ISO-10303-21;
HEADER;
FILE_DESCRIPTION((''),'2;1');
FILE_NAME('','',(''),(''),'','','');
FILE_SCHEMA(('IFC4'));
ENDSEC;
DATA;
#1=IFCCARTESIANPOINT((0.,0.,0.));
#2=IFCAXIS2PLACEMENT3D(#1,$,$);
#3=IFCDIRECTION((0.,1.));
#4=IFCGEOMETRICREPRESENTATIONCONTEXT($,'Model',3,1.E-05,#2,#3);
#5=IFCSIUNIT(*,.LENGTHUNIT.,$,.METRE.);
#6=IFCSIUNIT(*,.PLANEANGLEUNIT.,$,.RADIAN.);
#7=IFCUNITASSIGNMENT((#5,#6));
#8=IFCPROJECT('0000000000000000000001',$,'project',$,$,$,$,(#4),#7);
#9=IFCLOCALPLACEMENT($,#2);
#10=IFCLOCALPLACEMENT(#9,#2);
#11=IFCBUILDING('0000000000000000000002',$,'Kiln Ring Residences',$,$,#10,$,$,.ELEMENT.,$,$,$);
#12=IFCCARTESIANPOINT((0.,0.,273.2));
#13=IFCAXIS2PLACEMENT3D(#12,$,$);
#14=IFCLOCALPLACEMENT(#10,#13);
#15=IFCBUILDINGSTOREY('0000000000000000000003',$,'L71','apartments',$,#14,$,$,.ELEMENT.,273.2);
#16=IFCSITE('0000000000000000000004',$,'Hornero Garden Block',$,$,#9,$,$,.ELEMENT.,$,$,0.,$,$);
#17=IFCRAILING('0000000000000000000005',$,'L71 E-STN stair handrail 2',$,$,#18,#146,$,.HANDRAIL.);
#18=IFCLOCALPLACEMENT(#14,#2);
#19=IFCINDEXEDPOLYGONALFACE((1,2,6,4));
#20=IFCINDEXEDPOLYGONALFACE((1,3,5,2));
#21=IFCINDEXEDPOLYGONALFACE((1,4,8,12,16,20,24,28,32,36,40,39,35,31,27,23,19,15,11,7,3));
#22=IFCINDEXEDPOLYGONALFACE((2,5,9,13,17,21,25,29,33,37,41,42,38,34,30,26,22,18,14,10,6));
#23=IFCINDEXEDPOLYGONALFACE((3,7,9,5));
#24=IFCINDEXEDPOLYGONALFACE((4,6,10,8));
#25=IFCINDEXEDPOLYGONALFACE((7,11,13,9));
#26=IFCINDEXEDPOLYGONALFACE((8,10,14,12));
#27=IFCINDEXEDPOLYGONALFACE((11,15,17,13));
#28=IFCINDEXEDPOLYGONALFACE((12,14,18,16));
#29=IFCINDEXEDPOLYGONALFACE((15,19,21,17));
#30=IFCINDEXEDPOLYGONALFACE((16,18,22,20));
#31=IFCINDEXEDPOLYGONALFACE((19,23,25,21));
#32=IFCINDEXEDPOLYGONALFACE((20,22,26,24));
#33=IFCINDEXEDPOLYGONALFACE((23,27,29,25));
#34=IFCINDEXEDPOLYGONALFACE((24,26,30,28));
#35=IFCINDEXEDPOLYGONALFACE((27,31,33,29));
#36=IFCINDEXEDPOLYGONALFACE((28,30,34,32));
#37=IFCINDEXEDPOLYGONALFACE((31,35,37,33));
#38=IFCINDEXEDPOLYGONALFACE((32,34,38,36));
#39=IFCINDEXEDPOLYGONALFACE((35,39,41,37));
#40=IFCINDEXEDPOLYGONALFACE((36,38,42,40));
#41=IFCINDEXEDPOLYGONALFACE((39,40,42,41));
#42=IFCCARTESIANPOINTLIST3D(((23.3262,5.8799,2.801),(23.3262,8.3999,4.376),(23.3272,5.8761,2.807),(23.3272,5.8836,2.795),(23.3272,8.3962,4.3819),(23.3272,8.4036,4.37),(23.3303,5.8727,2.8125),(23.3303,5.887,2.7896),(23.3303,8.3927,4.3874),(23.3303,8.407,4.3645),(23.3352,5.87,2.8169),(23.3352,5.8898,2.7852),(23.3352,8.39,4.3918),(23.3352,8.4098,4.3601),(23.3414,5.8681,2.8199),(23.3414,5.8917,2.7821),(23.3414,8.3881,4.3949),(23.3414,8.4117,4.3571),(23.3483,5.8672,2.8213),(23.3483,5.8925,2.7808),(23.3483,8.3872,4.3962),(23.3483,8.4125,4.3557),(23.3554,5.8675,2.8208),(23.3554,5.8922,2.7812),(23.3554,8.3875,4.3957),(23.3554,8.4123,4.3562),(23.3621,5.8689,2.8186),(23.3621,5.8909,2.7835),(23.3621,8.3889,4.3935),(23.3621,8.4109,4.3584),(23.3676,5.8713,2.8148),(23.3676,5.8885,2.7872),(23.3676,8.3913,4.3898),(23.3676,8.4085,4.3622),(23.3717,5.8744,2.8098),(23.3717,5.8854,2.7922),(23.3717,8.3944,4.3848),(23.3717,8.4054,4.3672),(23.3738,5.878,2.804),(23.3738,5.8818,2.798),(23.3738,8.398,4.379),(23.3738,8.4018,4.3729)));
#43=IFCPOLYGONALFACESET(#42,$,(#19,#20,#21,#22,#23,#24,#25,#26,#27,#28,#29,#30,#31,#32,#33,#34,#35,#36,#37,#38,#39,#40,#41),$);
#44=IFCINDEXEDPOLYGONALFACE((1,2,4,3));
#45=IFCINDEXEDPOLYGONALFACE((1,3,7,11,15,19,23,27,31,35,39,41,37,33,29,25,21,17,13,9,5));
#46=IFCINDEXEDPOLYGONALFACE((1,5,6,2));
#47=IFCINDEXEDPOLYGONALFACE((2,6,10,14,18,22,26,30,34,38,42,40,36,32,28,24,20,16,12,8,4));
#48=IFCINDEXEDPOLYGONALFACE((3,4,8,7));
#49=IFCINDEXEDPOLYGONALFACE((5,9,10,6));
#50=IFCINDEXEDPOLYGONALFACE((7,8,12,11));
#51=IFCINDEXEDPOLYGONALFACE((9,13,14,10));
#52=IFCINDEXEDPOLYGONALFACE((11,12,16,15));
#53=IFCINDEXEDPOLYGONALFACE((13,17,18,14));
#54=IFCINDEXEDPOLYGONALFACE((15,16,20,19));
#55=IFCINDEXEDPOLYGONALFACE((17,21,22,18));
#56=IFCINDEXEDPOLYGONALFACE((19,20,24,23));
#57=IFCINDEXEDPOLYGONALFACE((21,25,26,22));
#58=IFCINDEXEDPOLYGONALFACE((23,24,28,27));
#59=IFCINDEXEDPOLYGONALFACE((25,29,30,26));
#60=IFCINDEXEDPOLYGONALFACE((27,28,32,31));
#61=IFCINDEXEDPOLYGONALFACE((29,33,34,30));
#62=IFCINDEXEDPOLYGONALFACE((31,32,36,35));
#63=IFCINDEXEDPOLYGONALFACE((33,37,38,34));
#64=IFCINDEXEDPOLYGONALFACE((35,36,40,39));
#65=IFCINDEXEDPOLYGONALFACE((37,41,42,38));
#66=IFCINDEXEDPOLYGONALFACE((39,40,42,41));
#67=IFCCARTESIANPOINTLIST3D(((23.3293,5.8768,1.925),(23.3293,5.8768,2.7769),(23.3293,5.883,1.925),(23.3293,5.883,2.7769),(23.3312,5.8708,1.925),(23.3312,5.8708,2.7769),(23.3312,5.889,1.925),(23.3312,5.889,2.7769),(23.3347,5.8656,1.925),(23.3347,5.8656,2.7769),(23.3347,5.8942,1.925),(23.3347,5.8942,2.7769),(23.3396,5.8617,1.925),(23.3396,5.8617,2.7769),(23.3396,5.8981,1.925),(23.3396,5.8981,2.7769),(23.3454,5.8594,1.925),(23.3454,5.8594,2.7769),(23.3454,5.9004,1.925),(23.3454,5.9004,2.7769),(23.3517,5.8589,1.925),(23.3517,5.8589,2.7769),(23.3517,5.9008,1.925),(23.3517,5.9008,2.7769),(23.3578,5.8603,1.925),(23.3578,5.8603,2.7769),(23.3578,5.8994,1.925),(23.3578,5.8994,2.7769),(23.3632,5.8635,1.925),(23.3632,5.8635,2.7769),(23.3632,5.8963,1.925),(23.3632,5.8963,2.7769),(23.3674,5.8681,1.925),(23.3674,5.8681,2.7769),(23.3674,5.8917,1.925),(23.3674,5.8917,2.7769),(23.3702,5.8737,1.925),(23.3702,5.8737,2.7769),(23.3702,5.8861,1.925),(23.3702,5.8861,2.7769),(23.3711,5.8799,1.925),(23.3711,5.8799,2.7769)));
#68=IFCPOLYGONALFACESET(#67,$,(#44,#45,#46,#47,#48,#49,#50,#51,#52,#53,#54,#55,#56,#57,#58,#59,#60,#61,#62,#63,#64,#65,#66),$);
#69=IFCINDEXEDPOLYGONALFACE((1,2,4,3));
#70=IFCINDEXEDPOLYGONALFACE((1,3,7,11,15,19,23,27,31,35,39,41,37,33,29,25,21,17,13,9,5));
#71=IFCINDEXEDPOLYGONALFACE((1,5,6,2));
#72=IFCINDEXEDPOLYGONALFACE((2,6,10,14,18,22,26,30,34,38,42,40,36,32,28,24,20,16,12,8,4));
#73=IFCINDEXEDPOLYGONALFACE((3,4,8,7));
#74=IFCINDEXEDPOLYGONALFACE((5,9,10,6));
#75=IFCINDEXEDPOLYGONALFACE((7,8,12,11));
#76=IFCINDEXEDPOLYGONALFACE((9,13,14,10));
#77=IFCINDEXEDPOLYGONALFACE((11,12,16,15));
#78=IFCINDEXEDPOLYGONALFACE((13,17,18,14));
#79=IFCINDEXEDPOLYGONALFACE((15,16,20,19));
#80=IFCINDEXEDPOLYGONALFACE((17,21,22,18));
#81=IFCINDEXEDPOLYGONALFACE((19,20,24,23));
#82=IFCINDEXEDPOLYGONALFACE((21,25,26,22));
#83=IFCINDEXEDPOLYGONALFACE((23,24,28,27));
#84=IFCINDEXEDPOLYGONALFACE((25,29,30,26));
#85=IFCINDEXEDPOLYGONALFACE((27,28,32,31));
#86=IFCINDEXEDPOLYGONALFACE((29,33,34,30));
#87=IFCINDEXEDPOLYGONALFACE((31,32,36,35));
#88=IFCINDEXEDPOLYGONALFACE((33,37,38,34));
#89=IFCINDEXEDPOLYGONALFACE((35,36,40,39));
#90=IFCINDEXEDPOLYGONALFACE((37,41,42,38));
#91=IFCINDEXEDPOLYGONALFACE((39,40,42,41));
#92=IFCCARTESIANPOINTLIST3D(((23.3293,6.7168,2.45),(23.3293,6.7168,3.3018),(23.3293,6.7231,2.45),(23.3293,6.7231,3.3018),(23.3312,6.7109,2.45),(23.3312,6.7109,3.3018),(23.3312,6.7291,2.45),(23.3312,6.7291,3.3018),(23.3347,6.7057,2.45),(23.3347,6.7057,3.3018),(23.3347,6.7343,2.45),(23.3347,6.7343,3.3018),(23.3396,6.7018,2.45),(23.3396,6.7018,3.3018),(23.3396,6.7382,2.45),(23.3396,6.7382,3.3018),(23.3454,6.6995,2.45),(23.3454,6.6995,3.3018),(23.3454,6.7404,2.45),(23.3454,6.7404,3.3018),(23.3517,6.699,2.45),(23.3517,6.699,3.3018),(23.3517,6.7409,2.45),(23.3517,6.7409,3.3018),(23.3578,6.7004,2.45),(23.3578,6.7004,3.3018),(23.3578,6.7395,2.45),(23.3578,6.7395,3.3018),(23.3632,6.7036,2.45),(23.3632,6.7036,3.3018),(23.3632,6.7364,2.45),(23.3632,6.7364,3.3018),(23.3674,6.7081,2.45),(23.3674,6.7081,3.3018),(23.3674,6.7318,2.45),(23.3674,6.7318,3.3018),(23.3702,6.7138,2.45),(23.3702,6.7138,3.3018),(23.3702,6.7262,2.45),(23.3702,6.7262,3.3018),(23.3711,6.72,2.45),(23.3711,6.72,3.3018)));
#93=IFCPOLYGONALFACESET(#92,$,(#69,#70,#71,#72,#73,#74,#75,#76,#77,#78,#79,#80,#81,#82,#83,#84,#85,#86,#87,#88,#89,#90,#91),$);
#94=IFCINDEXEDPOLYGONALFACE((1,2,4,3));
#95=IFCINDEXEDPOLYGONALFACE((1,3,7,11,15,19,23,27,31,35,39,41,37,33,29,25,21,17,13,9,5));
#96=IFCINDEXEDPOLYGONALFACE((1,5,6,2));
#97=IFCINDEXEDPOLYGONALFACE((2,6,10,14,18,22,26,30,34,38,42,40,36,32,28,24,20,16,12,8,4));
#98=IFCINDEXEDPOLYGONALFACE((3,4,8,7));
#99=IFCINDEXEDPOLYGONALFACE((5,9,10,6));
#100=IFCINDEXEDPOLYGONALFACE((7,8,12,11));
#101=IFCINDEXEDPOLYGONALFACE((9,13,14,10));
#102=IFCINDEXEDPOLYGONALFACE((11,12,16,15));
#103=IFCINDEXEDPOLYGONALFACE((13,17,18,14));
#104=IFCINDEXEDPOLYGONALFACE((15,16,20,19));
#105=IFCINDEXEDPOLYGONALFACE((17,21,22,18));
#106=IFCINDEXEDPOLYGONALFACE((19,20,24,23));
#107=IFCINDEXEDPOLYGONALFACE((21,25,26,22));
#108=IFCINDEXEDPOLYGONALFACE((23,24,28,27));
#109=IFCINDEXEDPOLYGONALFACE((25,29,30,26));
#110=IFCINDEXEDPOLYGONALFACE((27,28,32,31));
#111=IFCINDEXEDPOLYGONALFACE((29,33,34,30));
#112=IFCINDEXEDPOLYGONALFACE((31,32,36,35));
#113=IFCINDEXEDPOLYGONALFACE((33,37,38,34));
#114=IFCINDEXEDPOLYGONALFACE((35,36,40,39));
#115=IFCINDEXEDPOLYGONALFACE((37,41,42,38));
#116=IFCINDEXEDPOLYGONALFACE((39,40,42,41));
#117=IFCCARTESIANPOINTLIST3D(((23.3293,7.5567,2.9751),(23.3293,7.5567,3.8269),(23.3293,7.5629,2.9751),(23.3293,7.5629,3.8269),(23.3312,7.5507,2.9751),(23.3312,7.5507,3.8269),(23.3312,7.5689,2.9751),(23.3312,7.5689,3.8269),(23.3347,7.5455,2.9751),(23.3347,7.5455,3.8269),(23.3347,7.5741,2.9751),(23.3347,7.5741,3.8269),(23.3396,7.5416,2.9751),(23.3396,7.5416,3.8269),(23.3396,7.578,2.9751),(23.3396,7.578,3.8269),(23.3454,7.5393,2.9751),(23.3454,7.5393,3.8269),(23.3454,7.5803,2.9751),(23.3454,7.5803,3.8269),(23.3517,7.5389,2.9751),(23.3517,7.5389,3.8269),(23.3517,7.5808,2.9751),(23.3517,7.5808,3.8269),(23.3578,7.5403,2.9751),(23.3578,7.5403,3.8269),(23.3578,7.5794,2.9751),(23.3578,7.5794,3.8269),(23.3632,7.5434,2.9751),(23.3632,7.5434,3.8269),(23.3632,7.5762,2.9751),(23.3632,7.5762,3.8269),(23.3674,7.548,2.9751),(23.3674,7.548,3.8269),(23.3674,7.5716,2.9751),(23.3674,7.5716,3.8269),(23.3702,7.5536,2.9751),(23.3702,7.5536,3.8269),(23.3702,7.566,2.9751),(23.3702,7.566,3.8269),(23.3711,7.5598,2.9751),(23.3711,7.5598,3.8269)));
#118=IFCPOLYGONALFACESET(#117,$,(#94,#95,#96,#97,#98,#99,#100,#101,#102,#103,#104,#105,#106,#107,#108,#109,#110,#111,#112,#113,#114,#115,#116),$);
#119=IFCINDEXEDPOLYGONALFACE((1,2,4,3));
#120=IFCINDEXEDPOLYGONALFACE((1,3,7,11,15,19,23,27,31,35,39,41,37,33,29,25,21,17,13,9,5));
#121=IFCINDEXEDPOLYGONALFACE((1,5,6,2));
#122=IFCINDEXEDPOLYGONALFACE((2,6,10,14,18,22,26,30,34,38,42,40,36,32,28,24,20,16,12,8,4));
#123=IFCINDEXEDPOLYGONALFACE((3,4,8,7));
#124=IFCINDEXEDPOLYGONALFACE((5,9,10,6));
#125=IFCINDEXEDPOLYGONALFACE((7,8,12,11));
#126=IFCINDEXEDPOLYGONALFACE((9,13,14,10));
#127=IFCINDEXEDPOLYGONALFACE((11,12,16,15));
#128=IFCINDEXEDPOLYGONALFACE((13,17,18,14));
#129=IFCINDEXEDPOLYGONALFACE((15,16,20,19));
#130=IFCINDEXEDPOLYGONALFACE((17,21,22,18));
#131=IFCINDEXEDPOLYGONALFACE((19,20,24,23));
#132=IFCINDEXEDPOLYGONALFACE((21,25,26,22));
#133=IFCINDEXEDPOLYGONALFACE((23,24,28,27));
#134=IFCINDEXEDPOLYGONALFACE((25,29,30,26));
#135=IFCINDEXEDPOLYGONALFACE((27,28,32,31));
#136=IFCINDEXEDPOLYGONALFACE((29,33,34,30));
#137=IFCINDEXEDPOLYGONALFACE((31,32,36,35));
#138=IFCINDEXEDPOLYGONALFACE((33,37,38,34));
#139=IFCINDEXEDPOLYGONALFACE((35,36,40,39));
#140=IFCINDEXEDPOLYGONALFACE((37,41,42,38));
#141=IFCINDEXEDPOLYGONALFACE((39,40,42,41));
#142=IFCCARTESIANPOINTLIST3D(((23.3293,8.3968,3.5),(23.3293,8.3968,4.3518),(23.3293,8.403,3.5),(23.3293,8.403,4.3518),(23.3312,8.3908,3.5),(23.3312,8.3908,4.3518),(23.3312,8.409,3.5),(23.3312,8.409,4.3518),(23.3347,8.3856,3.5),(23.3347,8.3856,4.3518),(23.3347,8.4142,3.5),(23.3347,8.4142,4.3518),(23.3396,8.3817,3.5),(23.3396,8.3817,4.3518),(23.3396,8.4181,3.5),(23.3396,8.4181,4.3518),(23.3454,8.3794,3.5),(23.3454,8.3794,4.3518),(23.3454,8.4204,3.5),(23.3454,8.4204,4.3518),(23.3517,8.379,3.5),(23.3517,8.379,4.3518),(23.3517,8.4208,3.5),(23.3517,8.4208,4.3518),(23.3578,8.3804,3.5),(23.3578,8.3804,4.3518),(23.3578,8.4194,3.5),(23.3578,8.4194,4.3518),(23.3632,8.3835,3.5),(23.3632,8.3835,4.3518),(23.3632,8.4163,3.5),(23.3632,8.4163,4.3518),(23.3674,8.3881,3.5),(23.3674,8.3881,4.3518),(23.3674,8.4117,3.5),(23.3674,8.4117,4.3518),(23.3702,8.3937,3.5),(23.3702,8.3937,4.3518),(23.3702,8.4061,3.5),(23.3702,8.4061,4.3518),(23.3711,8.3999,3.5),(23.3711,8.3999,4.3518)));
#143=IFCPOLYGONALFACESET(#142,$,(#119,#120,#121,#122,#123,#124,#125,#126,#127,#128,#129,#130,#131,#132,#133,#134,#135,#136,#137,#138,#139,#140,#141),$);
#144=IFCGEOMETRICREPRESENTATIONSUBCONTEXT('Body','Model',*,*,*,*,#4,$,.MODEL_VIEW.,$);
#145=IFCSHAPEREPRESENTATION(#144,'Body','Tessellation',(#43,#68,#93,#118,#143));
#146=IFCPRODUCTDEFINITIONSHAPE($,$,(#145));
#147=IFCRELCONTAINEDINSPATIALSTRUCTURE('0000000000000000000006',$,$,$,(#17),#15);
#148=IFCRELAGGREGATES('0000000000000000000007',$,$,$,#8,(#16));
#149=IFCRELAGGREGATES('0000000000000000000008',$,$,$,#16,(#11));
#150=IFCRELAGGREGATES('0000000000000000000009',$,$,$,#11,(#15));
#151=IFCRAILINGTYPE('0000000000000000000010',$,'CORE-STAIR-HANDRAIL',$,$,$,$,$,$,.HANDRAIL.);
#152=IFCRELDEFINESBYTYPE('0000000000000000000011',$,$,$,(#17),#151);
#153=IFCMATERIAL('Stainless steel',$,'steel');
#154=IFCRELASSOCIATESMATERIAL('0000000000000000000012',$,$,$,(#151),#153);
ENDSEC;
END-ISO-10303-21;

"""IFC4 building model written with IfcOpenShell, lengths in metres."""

from ifc_helpers import new_model, si_unit, direction, frame, origin, origin_2d, place, context, subcontext, project, spatial, circle, extrude, material, type_object, element, save


model = new_model("IFC4")

# Units and contexts
model_context = context("Model", 3, precision=1e-05, world=origin(), true_north=direction((0.0, 1.0)))
body_context = subcontext(model_context, "Body", "Model", "MODEL_VIEW")
ifc_project = project(units=[si_unit("LENGTHUNIT", "METRE"), si_unit("PLANEANGLEUNIT", "RADIAN")], contexts=[model_context])

# Site, building, storey
site_placement = place(None, origin())
site = spatial("IfcSite", under=ifc_project, at=site_placement, Name="Hornero Garden Block", CompositionType="ELEMENT", RefElevation=0.0)
building_placement = place(site_placement, origin())
building = spatial("IfcBuilding", under=site, at=building_placement, Name="Kiln Ring Residences", CompositionType="ELEMENT")
storey_placement = place(building_placement, frame((0.0, 0.0, 273.2)))
storey = spatial("IfcBuildingStorey", under=building, at=storey_placement, Name="L71", Description="apartments", CompositionType="ELEMENT", Elevation=273.2)

# Railing
ifc_material_1 = material(Name="Stainless steel", Category="steel")
railing_type_1 = type_object("IfcRailingType", Name="CORE-STAIR-HANDRAIL", PredefinedType="HANDRAIL", material=ifc_material_1)
railing_1_placement = place(storey_placement, frame((23.3501, 5.8799, 1.925)))
element("IfcRailing", 1, at=railing_1_placement, inside=storey, type_object=railing_type_1, Name="L71 E-STN stair handrail 2", PredefinedType="HANDRAIL", context=body_context, shape_type="SweptSolid", body=[
    extrude(circle(Radius=0.0239, at=origin_2d()), frame((0.0, 0.0, 0.876), z_axis=(0.0, 0.848008, 0.529984), x_axis=(-1.0, 0.0, 0.0)), (0.0, 0.0, 1.0), 2.9717),
    extrude(circle(Radius=0.021, at=origin_2d()), origin(), (0.0, 0.0, 1.0), 0.8518),
    extrude(circle(Radius=0.021, at=origin_2d()), frame((0.0, 0.8401, 0.5249)), (0.0, 0.0, 1.0), 0.8518),
    extrude(circle(Radius=0.021, at=origin_2d()), frame((0.0, 1.6799, 1.05)), (0.0, 0.0, 1.0), 0.8518),
    extrude(circle(Radius=0.021, at=origin_2d()), frame((0.0, 2.52, 1.575)), (0.0, 0.0, 1.0), 0.8518),
])

save(model, "model.ifc")
